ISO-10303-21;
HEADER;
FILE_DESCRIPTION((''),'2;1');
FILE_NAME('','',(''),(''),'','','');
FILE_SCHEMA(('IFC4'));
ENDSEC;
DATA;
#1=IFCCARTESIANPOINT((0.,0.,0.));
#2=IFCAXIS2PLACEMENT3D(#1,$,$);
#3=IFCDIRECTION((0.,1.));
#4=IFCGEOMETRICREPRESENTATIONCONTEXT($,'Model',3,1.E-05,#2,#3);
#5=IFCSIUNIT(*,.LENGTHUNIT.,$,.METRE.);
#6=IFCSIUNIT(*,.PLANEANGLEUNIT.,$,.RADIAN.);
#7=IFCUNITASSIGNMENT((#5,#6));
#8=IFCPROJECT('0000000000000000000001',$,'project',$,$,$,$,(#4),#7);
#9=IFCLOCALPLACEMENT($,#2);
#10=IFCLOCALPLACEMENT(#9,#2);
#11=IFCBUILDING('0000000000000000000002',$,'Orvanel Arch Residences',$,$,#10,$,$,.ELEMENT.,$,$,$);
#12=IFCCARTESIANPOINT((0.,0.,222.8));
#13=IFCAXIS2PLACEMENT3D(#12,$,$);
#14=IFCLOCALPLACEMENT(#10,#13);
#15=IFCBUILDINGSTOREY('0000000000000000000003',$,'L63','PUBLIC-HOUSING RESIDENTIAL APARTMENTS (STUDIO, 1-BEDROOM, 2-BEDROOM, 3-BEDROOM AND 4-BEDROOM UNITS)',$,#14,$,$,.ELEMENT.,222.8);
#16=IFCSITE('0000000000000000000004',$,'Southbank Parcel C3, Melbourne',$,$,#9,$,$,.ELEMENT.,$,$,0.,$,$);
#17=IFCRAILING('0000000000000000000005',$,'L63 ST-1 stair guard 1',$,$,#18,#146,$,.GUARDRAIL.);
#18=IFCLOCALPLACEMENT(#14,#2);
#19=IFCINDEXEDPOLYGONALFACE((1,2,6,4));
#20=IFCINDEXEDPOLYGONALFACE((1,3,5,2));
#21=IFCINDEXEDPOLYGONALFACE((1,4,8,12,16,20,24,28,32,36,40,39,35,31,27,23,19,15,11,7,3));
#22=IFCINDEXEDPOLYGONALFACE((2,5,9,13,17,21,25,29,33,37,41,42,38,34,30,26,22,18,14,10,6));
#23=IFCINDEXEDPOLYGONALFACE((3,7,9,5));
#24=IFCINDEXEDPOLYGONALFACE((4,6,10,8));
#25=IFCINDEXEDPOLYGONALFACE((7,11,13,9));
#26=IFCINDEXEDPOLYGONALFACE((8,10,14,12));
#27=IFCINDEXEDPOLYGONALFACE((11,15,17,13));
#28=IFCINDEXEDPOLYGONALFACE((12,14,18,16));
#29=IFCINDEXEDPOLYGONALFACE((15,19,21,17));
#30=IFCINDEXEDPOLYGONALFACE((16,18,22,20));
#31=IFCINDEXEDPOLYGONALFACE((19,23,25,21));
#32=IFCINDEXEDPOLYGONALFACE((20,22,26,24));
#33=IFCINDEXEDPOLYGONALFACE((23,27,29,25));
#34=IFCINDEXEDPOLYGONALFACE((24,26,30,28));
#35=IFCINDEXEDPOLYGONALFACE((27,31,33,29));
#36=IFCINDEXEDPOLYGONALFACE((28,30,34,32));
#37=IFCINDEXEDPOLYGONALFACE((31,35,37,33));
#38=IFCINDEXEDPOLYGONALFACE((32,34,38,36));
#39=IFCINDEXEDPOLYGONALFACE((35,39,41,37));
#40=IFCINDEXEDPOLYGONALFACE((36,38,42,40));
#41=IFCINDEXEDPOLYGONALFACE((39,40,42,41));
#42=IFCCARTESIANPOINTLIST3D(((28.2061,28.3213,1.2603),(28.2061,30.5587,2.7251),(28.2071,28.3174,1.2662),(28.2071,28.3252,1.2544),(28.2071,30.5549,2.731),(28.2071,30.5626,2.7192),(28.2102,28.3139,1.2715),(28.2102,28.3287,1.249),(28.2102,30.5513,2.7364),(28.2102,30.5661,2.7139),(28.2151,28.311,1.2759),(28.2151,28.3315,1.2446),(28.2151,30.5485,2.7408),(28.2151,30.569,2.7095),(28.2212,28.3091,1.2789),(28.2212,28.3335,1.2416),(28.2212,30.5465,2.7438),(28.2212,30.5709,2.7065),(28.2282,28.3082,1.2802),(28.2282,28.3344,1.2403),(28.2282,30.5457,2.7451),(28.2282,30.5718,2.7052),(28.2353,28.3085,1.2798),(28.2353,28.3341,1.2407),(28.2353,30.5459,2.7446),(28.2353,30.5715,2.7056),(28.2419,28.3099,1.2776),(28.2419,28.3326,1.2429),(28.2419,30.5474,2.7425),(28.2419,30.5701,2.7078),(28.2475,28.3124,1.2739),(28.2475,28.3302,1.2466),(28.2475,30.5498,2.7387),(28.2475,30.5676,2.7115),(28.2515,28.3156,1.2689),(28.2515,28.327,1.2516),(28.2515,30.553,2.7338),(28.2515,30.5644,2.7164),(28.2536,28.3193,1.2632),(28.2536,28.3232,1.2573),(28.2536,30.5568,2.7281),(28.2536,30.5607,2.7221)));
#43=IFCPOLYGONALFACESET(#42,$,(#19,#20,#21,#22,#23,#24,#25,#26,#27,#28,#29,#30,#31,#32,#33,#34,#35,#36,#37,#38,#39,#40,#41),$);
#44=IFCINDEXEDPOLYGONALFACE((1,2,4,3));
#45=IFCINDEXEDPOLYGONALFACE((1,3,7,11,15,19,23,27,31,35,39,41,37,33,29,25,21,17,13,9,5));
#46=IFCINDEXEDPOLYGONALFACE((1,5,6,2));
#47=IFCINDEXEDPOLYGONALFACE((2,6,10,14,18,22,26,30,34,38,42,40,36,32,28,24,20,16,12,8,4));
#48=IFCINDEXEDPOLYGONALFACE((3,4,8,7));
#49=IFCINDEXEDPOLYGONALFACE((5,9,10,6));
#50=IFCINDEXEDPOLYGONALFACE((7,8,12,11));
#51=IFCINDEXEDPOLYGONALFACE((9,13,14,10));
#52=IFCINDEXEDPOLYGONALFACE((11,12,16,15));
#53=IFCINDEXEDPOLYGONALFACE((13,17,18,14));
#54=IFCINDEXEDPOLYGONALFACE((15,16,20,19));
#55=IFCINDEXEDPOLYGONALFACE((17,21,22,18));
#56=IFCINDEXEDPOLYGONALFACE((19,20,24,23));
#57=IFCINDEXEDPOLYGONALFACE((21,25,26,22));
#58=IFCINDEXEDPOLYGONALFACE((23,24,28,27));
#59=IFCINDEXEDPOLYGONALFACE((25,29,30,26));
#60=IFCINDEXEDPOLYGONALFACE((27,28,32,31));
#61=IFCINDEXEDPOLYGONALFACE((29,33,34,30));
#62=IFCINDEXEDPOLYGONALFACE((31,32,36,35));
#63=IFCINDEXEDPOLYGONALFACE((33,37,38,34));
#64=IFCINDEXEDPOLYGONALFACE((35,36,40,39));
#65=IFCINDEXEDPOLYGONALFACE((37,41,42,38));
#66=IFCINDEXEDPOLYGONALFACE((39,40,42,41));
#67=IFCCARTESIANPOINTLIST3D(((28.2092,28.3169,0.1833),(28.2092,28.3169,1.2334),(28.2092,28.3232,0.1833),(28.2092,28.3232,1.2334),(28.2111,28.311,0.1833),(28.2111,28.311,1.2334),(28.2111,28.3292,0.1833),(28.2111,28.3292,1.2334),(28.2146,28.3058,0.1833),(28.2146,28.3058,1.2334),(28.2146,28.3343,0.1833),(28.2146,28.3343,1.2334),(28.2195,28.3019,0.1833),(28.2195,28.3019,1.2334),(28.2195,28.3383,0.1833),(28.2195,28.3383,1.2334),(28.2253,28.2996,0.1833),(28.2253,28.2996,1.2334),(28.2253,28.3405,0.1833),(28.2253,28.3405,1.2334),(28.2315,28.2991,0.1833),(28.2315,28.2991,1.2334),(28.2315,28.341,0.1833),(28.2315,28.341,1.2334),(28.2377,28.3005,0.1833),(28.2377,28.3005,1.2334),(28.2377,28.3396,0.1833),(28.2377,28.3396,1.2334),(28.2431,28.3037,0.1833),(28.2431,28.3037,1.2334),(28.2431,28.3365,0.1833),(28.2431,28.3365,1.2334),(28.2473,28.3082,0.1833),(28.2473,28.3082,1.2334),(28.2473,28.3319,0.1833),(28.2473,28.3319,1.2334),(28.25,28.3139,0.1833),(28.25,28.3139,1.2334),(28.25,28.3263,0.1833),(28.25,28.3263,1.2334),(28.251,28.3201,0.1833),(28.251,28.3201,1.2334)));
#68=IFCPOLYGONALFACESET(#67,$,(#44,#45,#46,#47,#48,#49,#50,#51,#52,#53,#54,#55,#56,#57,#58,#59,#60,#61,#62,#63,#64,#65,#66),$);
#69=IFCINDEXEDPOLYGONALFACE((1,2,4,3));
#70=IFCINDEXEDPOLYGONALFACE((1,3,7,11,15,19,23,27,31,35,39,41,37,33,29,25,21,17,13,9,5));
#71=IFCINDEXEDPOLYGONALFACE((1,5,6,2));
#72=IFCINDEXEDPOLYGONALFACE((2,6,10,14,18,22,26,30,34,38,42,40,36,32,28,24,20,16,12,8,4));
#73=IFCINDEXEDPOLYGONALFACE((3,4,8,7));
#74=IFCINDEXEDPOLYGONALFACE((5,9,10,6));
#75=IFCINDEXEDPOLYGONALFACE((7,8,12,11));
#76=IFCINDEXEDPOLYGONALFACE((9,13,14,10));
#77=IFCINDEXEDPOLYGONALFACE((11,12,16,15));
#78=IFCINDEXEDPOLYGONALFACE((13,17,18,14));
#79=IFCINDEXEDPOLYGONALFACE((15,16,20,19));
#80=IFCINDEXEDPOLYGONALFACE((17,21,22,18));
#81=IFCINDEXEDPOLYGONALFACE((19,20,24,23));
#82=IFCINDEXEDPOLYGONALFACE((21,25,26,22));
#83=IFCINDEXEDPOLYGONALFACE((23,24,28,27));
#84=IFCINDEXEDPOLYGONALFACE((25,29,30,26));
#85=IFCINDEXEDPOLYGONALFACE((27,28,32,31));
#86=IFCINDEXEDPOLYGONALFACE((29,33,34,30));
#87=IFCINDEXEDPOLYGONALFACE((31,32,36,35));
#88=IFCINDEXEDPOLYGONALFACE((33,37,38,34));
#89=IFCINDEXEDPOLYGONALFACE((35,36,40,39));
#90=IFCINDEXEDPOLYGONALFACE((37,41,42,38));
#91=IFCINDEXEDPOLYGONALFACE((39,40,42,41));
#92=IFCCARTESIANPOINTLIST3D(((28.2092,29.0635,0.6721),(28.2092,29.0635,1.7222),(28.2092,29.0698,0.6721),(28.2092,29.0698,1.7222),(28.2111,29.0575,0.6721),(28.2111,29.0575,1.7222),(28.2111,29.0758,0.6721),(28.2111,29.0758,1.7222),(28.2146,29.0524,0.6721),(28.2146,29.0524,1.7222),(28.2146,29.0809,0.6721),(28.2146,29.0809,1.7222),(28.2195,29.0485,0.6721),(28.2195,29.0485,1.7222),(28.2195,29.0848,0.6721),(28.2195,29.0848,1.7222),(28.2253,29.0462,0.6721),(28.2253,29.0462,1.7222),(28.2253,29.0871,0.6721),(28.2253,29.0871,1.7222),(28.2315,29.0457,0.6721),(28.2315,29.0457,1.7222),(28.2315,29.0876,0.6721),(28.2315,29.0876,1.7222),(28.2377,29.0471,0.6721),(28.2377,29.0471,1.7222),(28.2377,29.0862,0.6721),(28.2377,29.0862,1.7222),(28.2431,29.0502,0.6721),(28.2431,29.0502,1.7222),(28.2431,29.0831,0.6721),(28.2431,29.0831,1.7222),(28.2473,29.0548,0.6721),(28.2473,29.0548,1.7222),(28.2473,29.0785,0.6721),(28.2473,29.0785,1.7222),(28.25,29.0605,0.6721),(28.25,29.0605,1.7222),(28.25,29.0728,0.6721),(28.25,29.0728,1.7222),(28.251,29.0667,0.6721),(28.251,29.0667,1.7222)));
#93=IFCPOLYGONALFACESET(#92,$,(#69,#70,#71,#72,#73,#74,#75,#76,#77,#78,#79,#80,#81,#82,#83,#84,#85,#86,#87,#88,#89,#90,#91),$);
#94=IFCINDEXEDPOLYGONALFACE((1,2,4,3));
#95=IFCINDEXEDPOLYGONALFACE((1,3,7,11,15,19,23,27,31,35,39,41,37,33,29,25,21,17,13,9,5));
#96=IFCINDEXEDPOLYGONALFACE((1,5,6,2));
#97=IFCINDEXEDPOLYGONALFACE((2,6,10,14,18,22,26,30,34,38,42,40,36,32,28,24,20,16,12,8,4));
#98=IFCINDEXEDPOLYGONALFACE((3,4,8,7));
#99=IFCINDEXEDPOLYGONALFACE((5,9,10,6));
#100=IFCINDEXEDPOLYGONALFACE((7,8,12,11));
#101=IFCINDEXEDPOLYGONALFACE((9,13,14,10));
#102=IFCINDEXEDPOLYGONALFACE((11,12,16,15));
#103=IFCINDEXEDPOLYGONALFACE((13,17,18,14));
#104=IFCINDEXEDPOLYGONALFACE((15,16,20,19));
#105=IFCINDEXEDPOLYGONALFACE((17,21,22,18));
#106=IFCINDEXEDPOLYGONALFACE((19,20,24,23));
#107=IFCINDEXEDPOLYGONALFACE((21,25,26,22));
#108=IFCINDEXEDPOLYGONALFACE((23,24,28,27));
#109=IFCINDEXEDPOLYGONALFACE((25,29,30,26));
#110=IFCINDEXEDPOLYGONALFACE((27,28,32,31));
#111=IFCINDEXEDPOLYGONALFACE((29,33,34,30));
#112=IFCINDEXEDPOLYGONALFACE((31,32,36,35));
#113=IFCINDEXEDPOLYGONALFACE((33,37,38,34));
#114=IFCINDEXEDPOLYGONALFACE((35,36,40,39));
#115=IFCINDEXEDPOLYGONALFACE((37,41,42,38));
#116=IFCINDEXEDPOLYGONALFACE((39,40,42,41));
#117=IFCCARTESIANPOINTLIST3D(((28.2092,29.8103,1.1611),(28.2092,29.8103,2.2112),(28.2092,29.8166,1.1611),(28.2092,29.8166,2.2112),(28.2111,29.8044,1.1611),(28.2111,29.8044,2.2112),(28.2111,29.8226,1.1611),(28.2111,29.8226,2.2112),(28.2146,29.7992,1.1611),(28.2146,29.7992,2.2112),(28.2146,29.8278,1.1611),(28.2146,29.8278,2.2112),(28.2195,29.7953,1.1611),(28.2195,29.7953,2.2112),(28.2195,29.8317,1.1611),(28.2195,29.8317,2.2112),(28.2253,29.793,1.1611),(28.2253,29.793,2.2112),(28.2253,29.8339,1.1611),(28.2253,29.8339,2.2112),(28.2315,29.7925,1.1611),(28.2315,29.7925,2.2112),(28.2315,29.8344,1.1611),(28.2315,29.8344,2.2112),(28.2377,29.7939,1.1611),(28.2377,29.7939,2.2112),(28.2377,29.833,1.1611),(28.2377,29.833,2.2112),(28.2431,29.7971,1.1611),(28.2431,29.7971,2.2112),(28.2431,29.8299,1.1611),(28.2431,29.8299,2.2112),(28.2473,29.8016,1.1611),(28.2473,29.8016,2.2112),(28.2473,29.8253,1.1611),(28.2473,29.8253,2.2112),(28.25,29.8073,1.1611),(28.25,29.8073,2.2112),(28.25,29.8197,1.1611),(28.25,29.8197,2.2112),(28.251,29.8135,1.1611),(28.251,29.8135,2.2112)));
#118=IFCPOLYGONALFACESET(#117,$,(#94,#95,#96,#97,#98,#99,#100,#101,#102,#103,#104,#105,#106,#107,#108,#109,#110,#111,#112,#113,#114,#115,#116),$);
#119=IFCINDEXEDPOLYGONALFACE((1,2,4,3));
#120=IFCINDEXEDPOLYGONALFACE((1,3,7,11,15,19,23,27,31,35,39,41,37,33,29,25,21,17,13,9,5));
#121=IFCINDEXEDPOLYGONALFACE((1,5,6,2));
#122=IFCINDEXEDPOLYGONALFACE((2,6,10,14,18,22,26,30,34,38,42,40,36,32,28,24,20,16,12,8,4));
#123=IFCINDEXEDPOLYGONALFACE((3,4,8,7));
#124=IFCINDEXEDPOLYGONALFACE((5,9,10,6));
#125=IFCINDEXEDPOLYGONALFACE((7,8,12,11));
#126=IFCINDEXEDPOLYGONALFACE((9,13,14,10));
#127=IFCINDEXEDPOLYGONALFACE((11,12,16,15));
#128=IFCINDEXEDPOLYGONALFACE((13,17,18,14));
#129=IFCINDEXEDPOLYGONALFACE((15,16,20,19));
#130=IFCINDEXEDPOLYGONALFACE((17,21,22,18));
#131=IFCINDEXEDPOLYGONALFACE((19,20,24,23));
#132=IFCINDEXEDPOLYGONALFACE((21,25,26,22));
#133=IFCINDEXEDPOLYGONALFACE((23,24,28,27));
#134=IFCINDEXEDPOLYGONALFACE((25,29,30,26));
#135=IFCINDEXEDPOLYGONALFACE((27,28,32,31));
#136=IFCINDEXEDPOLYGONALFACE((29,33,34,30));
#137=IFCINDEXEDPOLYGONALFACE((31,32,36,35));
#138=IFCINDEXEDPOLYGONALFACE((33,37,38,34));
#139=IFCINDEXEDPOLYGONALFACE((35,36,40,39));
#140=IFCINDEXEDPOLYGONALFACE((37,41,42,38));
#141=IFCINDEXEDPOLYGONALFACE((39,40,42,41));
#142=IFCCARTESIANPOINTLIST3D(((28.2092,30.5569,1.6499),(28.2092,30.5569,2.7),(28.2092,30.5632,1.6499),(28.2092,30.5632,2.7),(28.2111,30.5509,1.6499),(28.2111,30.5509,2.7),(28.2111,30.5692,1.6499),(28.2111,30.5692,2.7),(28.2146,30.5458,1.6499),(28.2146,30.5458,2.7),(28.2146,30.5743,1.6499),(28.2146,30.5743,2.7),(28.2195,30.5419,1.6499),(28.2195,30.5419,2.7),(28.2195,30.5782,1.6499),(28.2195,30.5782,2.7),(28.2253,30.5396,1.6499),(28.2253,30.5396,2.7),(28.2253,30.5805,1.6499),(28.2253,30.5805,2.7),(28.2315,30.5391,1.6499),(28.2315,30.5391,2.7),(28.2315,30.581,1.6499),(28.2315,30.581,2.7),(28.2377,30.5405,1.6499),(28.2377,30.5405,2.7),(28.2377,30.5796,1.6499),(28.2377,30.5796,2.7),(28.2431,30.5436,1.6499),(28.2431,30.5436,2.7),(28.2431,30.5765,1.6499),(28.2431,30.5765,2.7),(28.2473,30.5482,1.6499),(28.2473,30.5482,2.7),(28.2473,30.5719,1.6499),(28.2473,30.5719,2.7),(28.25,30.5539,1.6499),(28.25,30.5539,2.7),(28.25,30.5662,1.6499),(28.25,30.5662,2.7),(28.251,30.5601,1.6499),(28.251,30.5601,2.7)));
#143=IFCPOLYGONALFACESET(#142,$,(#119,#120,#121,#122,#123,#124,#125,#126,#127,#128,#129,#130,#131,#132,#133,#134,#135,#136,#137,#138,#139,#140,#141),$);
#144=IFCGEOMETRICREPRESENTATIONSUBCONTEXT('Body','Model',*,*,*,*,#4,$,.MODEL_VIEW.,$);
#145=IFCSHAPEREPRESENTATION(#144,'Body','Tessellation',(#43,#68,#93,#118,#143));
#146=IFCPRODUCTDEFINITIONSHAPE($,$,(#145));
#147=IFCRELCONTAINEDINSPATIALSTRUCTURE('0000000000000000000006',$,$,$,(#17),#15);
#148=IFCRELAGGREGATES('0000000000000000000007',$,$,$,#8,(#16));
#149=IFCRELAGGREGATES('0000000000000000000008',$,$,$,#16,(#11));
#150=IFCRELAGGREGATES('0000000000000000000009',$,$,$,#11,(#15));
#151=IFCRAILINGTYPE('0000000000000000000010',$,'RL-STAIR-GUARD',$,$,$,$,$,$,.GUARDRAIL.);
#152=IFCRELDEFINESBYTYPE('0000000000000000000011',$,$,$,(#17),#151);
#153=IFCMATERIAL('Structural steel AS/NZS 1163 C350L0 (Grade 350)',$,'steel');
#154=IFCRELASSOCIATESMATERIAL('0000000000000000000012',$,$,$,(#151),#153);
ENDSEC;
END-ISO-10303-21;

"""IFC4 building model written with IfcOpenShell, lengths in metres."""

from ifc_helpers import new_model, si_unit, direction, frame, origin, origin_2d, place, context, subcontext, project, spatial, circle, extrude, material, type_object, element, save


model = new_model("IFC4")

# Units and contexts
model_context = context("Model", 3, precision=1e-05, world=origin(), true_north=direction((0.0, 1.0)))
body_context = subcontext(model_context, "Body", "Model", "MODEL_VIEW")
ifc_project = project(units=[si_unit("LENGTHUNIT", "METRE"), si_unit("PLANEANGLEUNIT", "RADIAN")], contexts=[model_context])

# Site, building, storey
site_placement = place(None, origin())
site = spatial("IfcSite", under=ifc_project, at=site_placement, Name="Southbank Parcel C3, Melbourne", CompositionType="ELEMENT", RefElevation=0.0)
building_placement = place(site_placement, origin())
building = spatial("IfcBuilding", under=site, at=building_placement, Name="Orvanel Arch Residences", CompositionType="ELEMENT")
storey_placement = place(building_placement, frame((0.0, 0.0, 222.8)))
storey = spatial("IfcBuildingStorey", under=building, at=storey_placement, Name="L63", Description="PUBLIC-HOUSING RESIDENTIAL APARTMENTS (STUDIO, 1-BEDROOM, 2-BEDROOM, 3-BEDROOM AND 4-BEDROOM UNITS)", CompositionType="ELEMENT", Elevation=222.8)

# Railing
ifc_material_1 = material(Name="Structural steel AS/NZS 1163 C350L0 (Grade 350)", Category="steel")
railing_type_1 = type_object("IfcRailingType", Name="RL-STAIR-GUARD", PredefinedType="GUARDRAIL", material=ifc_material_1)
railing_1_placement = place(storey_placement, frame((28.23, 28.3201, 0.1833)))
element("IfcRailing", 1, at=railing_1_placement, inside=storey, type_object=railing_type_1, Name="L63 ST-1 stair guard 1", PredefinedType="GUARDRAIL", context=body_context, shape_type="SweptSolid", body=[
    extrude(circle(Radius=0.0239, at=origin_2d()), frame((0.0, 0.0012, 1.0769), z_axis=(0.0, 0.836637, 0.547758), x_axis=(-1.0, 0.0, 0.0)), (0.0, 0.0, 1.0), 2.6743),
    extrude(circle(Radius=0.021, at=origin_2d()), origin(), (0.0, 0.0, 1.0), 1.05),
    extrude(circle(Radius=0.021, at=origin_2d()), frame((0.0, 0.7466, 0.4888)), (0.0, 0.0, 1.0), 1.05),
    extrude(circle(Radius=0.021, at=origin_2d()), frame((0.0, 1.4934, 0.9778)), (0.0, 0.0, 1.0), 1.05),
    extrude(circle(Radius=0.021, at=origin_2d()), frame((0.0, 2.24, 1.4666)), (0.0, 0.0, 1.0), 1.05),
])

save(model, "model.ifc")
